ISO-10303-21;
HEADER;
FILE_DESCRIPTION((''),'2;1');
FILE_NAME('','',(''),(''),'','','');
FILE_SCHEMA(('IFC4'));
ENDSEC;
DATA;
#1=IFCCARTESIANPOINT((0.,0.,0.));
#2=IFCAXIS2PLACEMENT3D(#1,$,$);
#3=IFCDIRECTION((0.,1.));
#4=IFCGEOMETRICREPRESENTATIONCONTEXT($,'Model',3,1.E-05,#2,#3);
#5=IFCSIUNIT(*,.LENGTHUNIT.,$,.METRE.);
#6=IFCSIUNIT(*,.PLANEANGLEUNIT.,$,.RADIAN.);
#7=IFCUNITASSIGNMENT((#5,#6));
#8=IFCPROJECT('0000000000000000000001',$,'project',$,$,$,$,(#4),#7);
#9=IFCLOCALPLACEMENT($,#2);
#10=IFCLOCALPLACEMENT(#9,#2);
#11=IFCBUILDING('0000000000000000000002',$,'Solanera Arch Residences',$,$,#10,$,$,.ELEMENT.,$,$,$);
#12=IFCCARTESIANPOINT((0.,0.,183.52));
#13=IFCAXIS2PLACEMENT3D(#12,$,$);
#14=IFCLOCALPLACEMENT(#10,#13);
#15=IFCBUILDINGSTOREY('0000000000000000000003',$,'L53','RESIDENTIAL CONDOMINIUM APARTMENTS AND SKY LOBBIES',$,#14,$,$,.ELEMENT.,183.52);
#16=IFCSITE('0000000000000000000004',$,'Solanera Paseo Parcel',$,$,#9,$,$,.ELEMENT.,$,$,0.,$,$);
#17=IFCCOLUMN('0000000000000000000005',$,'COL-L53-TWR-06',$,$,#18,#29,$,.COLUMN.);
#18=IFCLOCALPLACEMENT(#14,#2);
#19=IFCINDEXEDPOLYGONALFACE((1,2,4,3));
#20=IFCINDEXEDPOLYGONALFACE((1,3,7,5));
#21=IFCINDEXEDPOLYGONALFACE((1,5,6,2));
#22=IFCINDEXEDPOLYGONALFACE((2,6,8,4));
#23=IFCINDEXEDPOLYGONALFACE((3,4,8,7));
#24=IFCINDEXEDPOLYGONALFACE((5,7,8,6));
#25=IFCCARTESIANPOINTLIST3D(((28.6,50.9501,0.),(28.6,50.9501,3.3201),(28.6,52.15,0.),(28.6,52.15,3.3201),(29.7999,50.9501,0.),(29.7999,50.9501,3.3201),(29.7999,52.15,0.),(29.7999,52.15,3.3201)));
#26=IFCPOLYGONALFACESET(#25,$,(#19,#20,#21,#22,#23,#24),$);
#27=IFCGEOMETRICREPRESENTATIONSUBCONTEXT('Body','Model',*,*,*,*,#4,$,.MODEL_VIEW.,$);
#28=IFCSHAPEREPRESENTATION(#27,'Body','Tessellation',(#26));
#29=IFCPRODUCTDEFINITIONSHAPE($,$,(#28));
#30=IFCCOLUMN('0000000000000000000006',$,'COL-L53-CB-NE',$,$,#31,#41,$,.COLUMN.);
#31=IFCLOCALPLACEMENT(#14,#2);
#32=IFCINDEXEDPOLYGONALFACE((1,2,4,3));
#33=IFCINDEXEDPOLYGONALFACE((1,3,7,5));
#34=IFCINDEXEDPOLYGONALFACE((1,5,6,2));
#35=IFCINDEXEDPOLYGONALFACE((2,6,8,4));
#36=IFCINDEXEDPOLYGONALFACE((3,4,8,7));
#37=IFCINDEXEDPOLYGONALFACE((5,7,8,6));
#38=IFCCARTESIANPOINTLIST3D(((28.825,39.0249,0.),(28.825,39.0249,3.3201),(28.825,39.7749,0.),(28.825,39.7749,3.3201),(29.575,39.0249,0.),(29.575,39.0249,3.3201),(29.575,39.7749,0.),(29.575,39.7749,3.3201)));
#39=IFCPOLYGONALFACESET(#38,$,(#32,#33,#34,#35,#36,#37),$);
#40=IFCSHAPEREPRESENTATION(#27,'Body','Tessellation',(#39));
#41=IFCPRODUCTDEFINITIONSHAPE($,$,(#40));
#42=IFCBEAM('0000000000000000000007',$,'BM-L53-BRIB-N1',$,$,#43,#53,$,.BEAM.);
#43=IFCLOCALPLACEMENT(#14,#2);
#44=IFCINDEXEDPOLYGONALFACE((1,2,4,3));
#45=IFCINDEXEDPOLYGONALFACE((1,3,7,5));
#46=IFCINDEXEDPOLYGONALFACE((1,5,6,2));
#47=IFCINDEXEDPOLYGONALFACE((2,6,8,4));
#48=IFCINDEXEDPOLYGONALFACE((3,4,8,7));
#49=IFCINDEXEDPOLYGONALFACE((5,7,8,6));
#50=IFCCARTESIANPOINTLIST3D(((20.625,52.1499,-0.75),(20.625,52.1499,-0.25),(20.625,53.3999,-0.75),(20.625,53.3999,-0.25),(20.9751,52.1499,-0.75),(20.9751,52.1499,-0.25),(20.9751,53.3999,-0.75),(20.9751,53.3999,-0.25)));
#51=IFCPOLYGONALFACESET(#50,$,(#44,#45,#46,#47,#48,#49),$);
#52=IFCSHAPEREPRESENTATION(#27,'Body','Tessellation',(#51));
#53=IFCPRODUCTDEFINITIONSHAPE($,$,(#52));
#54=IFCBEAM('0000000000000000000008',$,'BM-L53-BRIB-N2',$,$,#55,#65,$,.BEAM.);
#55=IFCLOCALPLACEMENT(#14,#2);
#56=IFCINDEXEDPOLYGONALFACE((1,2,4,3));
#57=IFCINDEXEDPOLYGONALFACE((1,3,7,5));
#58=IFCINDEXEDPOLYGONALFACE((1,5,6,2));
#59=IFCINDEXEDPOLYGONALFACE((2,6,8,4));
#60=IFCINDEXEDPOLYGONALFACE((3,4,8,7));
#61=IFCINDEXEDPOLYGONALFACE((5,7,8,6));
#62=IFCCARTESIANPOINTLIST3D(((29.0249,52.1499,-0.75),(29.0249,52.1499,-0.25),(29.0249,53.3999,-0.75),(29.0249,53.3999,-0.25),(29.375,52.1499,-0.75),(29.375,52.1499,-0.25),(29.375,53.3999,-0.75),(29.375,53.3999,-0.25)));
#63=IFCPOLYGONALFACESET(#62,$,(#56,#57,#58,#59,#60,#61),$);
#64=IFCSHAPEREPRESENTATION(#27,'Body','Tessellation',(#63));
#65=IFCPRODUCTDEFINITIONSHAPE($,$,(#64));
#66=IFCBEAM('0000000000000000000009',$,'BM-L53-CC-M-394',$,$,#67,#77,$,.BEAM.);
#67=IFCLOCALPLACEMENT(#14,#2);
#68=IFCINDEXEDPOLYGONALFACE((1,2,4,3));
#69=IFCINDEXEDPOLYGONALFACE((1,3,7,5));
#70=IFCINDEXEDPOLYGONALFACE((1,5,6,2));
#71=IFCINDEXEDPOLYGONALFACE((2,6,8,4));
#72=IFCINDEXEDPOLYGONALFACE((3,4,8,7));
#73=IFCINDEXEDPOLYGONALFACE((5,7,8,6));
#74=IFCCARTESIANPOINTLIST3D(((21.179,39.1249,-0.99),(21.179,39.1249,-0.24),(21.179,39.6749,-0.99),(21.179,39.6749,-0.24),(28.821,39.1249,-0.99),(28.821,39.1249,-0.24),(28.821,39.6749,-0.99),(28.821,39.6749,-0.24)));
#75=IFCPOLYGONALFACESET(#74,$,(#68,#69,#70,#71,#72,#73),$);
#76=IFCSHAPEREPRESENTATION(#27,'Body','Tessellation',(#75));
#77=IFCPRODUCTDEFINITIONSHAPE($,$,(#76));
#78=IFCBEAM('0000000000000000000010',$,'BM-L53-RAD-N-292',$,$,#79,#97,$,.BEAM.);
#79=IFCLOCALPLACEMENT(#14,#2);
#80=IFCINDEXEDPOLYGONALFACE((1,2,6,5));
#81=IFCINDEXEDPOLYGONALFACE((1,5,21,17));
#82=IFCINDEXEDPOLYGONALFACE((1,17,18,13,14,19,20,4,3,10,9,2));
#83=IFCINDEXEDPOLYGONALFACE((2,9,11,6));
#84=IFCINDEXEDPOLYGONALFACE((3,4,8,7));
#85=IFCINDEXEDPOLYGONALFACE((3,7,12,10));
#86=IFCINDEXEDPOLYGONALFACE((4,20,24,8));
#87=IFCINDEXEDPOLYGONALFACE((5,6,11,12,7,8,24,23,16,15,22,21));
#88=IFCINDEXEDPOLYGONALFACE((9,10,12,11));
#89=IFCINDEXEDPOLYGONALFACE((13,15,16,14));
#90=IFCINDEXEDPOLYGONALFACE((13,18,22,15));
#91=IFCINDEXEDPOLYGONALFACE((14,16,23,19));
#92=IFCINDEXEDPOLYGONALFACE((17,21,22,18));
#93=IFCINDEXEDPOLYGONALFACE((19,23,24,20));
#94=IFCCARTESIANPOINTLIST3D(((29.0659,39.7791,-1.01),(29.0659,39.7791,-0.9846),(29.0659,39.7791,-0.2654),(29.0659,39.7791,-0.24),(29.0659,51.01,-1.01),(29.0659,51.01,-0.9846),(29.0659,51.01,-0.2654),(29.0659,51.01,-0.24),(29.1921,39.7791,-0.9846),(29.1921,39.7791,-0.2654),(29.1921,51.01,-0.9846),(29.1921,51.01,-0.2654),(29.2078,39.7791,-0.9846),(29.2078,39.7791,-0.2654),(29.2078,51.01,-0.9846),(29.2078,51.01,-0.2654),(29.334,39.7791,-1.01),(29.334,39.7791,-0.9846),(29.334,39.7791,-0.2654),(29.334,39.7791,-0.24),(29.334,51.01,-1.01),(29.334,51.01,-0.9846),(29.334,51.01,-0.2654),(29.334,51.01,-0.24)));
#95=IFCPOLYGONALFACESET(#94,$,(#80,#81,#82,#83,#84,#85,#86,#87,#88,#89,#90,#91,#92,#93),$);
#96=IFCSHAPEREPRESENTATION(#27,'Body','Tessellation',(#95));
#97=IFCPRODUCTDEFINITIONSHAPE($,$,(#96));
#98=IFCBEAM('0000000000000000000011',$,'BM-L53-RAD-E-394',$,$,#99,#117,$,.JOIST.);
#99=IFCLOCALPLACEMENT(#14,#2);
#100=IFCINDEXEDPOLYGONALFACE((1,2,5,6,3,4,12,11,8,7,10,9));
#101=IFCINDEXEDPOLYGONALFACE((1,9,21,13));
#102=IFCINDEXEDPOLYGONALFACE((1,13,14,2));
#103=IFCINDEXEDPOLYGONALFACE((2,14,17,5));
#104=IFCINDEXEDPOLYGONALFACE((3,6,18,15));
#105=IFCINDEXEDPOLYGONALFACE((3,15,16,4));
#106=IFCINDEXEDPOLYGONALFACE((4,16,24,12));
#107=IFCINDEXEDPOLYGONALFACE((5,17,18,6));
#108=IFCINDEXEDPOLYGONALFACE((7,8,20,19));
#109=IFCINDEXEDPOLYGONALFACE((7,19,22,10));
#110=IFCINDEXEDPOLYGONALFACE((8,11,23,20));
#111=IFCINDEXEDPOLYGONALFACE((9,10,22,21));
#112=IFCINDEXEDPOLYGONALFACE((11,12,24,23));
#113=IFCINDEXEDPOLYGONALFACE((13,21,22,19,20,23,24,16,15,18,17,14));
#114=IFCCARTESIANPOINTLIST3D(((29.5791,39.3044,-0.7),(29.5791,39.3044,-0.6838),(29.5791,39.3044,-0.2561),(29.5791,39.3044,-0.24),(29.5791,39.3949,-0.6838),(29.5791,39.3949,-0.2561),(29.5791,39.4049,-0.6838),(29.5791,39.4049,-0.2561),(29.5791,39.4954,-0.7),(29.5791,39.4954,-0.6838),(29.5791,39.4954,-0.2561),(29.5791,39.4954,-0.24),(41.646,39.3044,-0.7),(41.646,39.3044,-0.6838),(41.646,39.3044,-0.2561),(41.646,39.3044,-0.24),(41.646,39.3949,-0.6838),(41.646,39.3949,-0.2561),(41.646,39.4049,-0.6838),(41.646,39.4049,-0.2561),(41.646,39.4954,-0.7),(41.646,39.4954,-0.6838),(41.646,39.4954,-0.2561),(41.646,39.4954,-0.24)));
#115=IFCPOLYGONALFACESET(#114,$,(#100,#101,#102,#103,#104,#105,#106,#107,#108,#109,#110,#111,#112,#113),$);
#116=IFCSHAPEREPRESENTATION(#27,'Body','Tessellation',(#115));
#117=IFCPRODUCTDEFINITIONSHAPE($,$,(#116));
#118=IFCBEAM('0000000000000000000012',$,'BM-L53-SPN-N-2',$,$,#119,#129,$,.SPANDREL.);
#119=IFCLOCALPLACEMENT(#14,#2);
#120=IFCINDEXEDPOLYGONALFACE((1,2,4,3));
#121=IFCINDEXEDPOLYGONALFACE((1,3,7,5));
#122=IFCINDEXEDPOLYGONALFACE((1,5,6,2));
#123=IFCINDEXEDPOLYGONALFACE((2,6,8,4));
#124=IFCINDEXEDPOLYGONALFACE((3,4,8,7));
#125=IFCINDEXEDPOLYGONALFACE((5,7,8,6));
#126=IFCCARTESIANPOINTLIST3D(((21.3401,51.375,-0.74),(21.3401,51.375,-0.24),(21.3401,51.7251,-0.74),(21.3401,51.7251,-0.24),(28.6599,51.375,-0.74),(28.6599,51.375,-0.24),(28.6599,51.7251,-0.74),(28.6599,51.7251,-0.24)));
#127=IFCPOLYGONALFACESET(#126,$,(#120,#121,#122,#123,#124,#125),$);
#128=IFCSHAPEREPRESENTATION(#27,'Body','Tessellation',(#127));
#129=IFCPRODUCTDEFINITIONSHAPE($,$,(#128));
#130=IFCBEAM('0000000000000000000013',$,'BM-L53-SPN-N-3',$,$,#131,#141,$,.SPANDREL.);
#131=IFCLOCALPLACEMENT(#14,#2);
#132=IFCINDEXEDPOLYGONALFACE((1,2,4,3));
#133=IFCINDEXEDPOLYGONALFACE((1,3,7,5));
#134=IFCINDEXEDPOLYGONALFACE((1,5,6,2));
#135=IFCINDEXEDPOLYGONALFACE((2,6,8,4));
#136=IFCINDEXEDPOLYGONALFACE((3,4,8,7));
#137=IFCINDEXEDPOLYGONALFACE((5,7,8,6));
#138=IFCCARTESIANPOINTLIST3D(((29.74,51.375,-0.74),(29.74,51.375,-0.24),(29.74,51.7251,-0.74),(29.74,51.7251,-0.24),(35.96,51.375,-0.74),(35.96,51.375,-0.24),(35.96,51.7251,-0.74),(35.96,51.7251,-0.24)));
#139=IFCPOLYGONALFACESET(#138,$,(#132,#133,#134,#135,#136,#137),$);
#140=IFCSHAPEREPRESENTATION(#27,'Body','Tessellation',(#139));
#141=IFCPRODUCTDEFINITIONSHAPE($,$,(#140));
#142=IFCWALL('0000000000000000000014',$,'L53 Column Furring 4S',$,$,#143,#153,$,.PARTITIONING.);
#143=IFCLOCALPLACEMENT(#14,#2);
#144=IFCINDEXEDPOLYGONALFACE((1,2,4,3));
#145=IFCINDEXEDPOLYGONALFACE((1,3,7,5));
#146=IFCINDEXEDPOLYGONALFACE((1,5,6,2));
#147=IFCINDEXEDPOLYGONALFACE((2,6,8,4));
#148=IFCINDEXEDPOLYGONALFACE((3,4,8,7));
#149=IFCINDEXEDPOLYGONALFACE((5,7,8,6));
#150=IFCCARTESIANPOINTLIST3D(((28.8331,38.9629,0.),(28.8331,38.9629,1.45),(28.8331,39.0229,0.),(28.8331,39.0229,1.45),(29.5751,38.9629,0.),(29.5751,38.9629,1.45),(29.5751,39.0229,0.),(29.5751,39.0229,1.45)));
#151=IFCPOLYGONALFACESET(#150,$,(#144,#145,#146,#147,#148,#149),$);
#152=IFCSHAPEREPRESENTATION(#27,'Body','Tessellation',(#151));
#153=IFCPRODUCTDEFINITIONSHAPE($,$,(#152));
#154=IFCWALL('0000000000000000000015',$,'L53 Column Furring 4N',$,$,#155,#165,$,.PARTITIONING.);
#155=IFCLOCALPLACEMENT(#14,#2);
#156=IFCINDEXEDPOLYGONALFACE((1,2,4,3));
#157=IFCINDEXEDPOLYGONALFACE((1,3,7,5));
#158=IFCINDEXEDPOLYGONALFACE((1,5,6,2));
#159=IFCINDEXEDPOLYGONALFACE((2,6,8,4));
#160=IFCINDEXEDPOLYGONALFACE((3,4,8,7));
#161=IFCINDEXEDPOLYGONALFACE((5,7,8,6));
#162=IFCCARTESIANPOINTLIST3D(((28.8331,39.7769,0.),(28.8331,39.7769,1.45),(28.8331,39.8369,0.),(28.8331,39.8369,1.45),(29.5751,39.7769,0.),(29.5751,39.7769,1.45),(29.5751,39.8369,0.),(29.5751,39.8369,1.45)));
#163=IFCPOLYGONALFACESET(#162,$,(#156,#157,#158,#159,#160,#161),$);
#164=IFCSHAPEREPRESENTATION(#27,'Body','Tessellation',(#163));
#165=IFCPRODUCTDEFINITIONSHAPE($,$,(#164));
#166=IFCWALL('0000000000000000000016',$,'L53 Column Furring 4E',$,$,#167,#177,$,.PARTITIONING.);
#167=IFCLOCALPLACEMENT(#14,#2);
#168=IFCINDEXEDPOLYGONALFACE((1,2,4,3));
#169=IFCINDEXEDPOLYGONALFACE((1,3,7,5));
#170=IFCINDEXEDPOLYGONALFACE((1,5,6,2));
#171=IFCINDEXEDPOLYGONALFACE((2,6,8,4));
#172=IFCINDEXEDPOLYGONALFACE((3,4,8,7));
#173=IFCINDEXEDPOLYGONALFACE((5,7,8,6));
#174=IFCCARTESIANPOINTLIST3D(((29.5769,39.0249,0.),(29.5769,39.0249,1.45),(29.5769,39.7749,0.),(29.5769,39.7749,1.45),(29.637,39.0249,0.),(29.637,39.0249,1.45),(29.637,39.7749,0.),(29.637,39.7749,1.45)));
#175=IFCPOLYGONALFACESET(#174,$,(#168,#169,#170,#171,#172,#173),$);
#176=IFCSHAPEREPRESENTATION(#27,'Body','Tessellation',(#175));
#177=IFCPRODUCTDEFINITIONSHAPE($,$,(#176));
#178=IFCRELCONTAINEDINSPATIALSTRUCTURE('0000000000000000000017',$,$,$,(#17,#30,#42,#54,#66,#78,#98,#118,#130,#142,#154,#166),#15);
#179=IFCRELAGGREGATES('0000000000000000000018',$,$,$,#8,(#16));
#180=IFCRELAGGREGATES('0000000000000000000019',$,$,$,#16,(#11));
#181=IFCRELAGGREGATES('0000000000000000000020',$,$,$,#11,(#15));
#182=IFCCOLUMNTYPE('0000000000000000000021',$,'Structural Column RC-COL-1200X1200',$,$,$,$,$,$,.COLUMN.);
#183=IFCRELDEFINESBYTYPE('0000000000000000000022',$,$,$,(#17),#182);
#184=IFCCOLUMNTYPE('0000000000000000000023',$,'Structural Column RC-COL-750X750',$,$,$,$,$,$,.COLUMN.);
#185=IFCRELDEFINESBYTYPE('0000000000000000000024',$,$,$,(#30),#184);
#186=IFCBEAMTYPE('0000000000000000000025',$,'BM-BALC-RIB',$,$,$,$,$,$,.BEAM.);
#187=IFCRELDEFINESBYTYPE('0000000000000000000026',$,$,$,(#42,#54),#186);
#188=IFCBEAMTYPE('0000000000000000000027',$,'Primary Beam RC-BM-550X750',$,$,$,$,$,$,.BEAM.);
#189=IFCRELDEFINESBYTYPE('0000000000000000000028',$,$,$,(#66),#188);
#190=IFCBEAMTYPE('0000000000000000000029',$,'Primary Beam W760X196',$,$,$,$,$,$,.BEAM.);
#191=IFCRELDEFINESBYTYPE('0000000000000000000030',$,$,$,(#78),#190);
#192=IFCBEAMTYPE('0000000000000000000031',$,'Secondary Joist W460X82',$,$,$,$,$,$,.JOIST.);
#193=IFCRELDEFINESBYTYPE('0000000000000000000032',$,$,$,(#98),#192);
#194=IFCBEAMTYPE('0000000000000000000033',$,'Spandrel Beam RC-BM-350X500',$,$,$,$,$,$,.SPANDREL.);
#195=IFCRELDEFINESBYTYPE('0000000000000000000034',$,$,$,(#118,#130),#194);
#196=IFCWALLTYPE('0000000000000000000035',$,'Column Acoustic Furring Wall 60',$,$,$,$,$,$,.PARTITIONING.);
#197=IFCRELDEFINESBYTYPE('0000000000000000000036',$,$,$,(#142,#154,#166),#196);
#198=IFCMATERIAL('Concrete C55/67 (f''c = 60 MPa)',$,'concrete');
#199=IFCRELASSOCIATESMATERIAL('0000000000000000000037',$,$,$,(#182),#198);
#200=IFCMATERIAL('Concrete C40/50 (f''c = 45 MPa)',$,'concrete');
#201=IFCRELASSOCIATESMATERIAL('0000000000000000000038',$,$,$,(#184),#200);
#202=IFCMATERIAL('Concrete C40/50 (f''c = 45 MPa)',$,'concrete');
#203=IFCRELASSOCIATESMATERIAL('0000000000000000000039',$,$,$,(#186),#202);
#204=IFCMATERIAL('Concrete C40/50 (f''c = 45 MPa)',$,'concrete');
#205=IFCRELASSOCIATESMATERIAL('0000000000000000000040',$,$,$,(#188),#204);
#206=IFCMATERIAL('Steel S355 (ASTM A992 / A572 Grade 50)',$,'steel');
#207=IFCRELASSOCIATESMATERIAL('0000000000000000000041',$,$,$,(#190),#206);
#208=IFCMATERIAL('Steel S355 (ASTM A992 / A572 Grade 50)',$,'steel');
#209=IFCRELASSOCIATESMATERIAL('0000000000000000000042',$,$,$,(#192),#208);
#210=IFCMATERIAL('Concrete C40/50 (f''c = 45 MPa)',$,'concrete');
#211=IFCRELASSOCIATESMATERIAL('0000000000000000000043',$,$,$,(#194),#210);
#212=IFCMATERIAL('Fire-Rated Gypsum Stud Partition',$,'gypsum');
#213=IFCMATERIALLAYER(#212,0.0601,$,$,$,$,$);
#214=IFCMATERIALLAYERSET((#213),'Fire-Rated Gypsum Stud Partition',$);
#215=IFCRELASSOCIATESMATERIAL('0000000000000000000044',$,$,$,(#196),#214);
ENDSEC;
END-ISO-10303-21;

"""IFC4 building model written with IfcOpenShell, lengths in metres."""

from ifc_helpers import new_model, si_unit, direction, frame, frame_2d, origin, origin_2d, place, context, subcontext, project, spatial, rectangle, i_section, extrude, material, layer, layer_set, material_profile, profile_set, type_object, element, save


model = new_model("IFC4")

# Units and contexts
model_context = context("Model", 3, precision=1e-05, world=origin(), true_north=direction((0.0, 1.0)))
body_context = subcontext(model_context, "Body", "Model", "MODEL_VIEW")
ifc_project = project(units=[si_unit("LENGTHUNIT", "METRE"), si_unit("PLANEANGLEUNIT", "RADIAN")], contexts=[model_context])

# Site, building, storey
site_placement = place(None, origin())
site = spatial("IfcSite", under=ifc_project, at=site_placement, Name="Solanera Paseo Parcel", CompositionType="ELEMENT", RefElevation=0.0)
building_placement = place(site_placement, origin())
building = spatial("IfcBuilding", under=site, at=building_placement, Name="Solanera Arch Residences", CompositionType="ELEMENT")
storey_placement = place(building_placement, frame((0.0, 0.0, 183.52)))
storey = spatial("IfcBuildingStorey", under=building, at=storey_placement, Name="L53", Description="RESIDENTIAL CONDOMINIUM APARTMENTS AND SKY LOBBIES", CompositionType="ELEMENT", Elevation=183.52)

# Columns
ifc_material_1 = material(Name="Concrete C55/67 (f'c = 60 MPa)", Category="concrete")
ifc_material_profile_1 = material_profile(ifc_material_1, rectangle(XDim=1.2, YDim=1.2, at=origin_2d()))
ifc_profile_set_1 = profile_set([ifc_material_profile_1], Name="Concrete C55/67 (f'c = 60 MPa)")
column_type_1 = type_object("IfcColumnType", Name="Structural Column RC-COL-1200X1200", PredefinedType="COLUMN", material=ifc_profile_set_1)
column_1_placement = place(storey_placement, frame((29.2, 51.55, 0.0), z_axis=(0.0, 0.0, 1.0), x_axis=(1.0, 0.0, 0.0)))
element("IfcColumn", 1, at=column_1_placement, inside=storey, type_object=column_type_1, Name="COL-L53-TWR-06", PredefinedType="COLUMN", context=body_context, shape_type="SweptSolid", body=[
    extrude(rectangle(XDim=1.2, YDim=1.2, at=origin_2d()), origin(), (0.0, 0.0, 1.0), 3.3201),
])
ifc_material_2 = material(Name="Concrete C40/50 (f'c = 45 MPa)", Category="concrete")
ifc_material_profile_2 = material_profile(ifc_material_2, rectangle(XDim=0.75, YDim=0.75, at=origin_2d()))
ifc_profile_set_2 = profile_set([ifc_material_profile_2], Name="Concrete C40/50 (f'c = 45 MPa)")
column_type_2 = type_object("IfcColumnType", Name="Structural Column RC-COL-750X750", PredefinedType="COLUMN", material=ifc_profile_set_2)
column_2_placement = place(storey_placement, frame((29.2, 39.3999, 0.0), z_axis=(0.0, 0.0, 1.0), x_axis=(1.0, 0.0, 0.0)))
element("IfcColumn", 2, at=column_2_placement, inside=storey, type_object=column_type_2, Name="COL-L53-CB-NE", PredefinedType="COLUMN", context=body_context, shape_type="SweptSolid", body=[
    extrude(rectangle(XDim=0.75, YDim=0.75, at=origin_2d()), origin(), (0.0, 0.0, 1.0), 3.3201),
])

# Beams
ifc_material_3 = material(Name="Concrete C40/50 (f'c = 45 MPa)", Category="concrete")
ifc_material_profile_3 = material_profile(ifc_material_3, rectangle(XDim=0.3501, YDim=0.5, at=origin_2d()))
ifc_profile_set_3 = profile_set([ifc_material_profile_3], Name="Concrete C40/50 (f'c = 45 MPa)")
beam_type_1 = type_object("IfcBeamType", Name="BM-BALC-RIB", PredefinedType="BEAM", material=ifc_profile_set_3)
for number, where, z_axis, x_axis, name in (
    (3, (20.8, 52.1499, -0.5), (0.0, 1.0, 0.0), (-1.0, 0.0, 0.0), "BM-L53-BRIB-N1"),
    (4, (29.2, 52.1499, -0.5), (0.0, 1.0, 0.0), (-1.0, 0.0, 0.0), "BM-L53-BRIB-N2"),
):
    element("IfcBeam", number, at=place(storey_placement, frame(where, z_axis=z_axis, x_axis=x_axis)), inside=storey, type_object=beam_type_1, Name=name, PredefinedType="BEAM", context=body_context, shape_type="SweptSolid", body=[
        extrude(rectangle(XDim=0.3501, YDim=0.5, at=origin_2d()), origin(), (0.0, 0.0, 1.0), 1.25),
    ])
ifc_material_4 = material(Name="Concrete C40/50 (f'c = 45 MPa)", Category="concrete")
ifc_material_profile_4 = material_profile(ifc_material_4, rectangle(XDim=0.55, YDim=0.75, at=origin_2d()))
ifc_profile_set_4 = profile_set([ifc_material_profile_4], Name="Concrete C40/50 (f'c = 45 MPa)")
beam_type_2 = type_object("IfcBeamType", Name="Primary Beam RC-BM-550X750", PredefinedType="BEAM", material=ifc_profile_set_4)
beam_1_placement = place(storey_placement, frame((21.179, 39.3999, -0.615), z_axis=(1.0, 0.0, 0.0), x_axis=(0.0, 1.0, 0.0)))
element("IfcBeam", 5, at=beam_1_placement, inside=storey, type_object=beam_type_2, Name="BM-L53-CC-M-394", PredefinedType="BEAM", context=body_context, shape_type="SweptSolid", body=[
    extrude(rectangle(XDim=0.55, YDim=0.75, at=origin_2d()), origin(), (0.0, 0.0, 1.0), 7.6421),
])
ifc_material_5 = material(Name="Steel S355 (ASTM A992 / A572 Grade 50)", Category="steel")
ifc_material_profile_5 = material_profile(ifc_material_5, i_section(OverallWidth=0.2681, OverallDepth=0.77, WebThickness=0.0156, FlangeThickness=0.0254, at=origin_2d()))
ifc_profile_set_5 = profile_set([ifc_material_profile_5], Name="Steel S355 (ASTM A992 / A572 Grade 50)")
beam_type_3 = type_object("IfcBeamType", Name="Primary Beam W760X196", PredefinedType="BEAM", material=ifc_profile_set_5)
beam_2_placement = place(storey_placement, frame((29.2, 39.7791, -0.625), z_axis=(0.0, 1.0, 0.0), x_axis=(-1.0, 0.0, 0.0)))
element("IfcBeam", 6, at=beam_2_placement, inside=storey, type_object=beam_type_3, Name="BM-L53-RAD-N-292", PredefinedType="BEAM", context=body_context, shape_type="SweptSolid", body=[
    extrude(i_section(OverallWidth=0.2681, OverallDepth=0.77, WebThickness=0.0156, FlangeThickness=0.0254, at=origin_2d()), origin(), (0.0, 0.0, 1.0), 11.231),
])
ifc_material_6 = material(Name="Steel S355 (ASTM A992 / A572 Grade 50)", Category="steel")
ifc_material_profile_6 = material_profile(ifc_material_6, i_section(OverallWidth=0.1909, OverallDepth=0.46, WebThickness=0.01, FlangeThickness=0.0161, at=origin_2d()))
ifc_profile_set_6 = profile_set([ifc_material_profile_6], Name="Steel S355 (ASTM A992 / A572 Grade 50)")
beam_type_4 = type_object("IfcBeamType", Name="Secondary Joist W460X82", PredefinedType="JOIST", material=ifc_profile_set_6)
beam_3_placement = place(storey_placement, frame((29.5791, 39.3999, -0.47), z_axis=(1.0, 0.0, 0.0), x_axis=(0.0, 1.0, 0.0)))
element("IfcBeam", 7, at=beam_3_placement, inside=storey, type_object=beam_type_4, Name="BM-L53-RAD-E-394", PredefinedType="JOIST", context=body_context, shape_type="SweptSolid", body=[
    extrude(i_section(OverallWidth=0.1909, OverallDepth=0.46, WebThickness=0.01, FlangeThickness=0.0161, at=origin_2d()), origin(), (0.0, 0.0, 1.0), 12.0669),
])
ifc_material_7 = material(Name="Concrete C40/50 (f'c = 45 MPa)", Category="concrete")
ifc_material_profile_7 = material_profile(ifc_material_7, rectangle(XDim=0.3501, YDim=0.5, at=origin_2d()))
ifc_profile_set_7 = profile_set([ifc_material_profile_7], Name="Concrete C40/50 (f'c = 45 MPa)")
beam_type_5 = type_object("IfcBeamType", Name="Spandrel Beam RC-BM-350X500", PredefinedType="SPANDREL", material=ifc_profile_set_7)
beam_4_placement = place(storey_placement, frame((21.3401, 51.55, -0.49), z_axis=(1.0, 0.0, 0.0), x_axis=(0.0, 1.0, 0.0)))
element("IfcBeam", 8, at=beam_4_placement, inside=storey, type_object=beam_type_5, Name="BM-L53-SPN-N-2", PredefinedType="SPANDREL", context=body_context, shape_type="SweptSolid", body=[
    extrude(rectangle(XDim=0.3501, YDim=0.5, at=origin_2d()), origin(), (0.0, 0.0, 1.0), 7.3198),
])
beam_5_placement = place(storey_placement, frame((29.74, 51.55, -0.49), z_axis=(1.0, 0.0, 0.0), x_axis=(0.0, 1.0, 0.0)))
element("IfcBeam", 9, at=beam_5_placement, inside=storey, type_object=beam_type_5, Name="BM-L53-SPN-N-3", PredefinedType="SPANDREL", context=body_context, shape_type="SweptSolid", body=[
    extrude(rectangle(XDim=0.3501, YDim=0.5, at=origin_2d()), origin(), (0.0, 0.0, 1.0), 6.22),
])

# Walls
ifc_material_8 = material(Name="Fire-Rated Gypsum Stud Partition", Category="gypsum")
ifc_layer_1 = layer(ifc_material_8, 0.0601)
ifc_layer_set_1 = layer_set([ifc_layer_1], Name="Fire-Rated Gypsum Stud Partition")
wall_type_1 = type_object("IfcWallType", Name="Column Acoustic Furring Wall 60", PredefinedType="PARTITIONING", material=ifc_layer_set_1)
for number, where, z_axis, x_axis, name in (
    (10, (28.833, 38.9929, 0.0), (0.0, 0.0, 1.0), (1.0, 0.0, 0.0), "L53 Column Furring 4S"),
    (11, (28.833, 39.8069, 0.0), (0.0, 0.0, 1.0), (1.0, 0.0, 0.0), "L53 Column Furring 4N"),
):
    element("IfcWall", number, at=place(storey_placement, frame(where, z_axis=z_axis, x_axis=x_axis)), inside=storey, type_object=wall_type_1, Name=name, PredefinedType="PARTITIONING", context=body_context, shape_type="SweptSolid", body=[
        extrude(rectangle(XDim=0.7419, YDim=0.0601, at=frame_2d((0.3711, 0.0))), origin(), (0.0, 0.0, 1.0), 1.45),
    ])
wall_1_placement = place(storey_placement, frame((29.6069, 39.0249, 0.0), z_axis=(0.0, 0.0, 1.0), x_axis=(0.0, 1.0, 0.0)))
element("IfcWall", 12, at=wall_1_placement, inside=storey, type_object=wall_type_1, Name="L53 Column Furring 4E", PredefinedType="PARTITIONING", context=body_context, shape_type="SweptSolid", body=[
    extrude(rectangle(XDim=0.75, YDim=0.0601, at=frame_2d((0.375, 0.0))), origin(), (0.0, 0.0, 1.0), 1.45),
])

save(model, "model.ifc")
